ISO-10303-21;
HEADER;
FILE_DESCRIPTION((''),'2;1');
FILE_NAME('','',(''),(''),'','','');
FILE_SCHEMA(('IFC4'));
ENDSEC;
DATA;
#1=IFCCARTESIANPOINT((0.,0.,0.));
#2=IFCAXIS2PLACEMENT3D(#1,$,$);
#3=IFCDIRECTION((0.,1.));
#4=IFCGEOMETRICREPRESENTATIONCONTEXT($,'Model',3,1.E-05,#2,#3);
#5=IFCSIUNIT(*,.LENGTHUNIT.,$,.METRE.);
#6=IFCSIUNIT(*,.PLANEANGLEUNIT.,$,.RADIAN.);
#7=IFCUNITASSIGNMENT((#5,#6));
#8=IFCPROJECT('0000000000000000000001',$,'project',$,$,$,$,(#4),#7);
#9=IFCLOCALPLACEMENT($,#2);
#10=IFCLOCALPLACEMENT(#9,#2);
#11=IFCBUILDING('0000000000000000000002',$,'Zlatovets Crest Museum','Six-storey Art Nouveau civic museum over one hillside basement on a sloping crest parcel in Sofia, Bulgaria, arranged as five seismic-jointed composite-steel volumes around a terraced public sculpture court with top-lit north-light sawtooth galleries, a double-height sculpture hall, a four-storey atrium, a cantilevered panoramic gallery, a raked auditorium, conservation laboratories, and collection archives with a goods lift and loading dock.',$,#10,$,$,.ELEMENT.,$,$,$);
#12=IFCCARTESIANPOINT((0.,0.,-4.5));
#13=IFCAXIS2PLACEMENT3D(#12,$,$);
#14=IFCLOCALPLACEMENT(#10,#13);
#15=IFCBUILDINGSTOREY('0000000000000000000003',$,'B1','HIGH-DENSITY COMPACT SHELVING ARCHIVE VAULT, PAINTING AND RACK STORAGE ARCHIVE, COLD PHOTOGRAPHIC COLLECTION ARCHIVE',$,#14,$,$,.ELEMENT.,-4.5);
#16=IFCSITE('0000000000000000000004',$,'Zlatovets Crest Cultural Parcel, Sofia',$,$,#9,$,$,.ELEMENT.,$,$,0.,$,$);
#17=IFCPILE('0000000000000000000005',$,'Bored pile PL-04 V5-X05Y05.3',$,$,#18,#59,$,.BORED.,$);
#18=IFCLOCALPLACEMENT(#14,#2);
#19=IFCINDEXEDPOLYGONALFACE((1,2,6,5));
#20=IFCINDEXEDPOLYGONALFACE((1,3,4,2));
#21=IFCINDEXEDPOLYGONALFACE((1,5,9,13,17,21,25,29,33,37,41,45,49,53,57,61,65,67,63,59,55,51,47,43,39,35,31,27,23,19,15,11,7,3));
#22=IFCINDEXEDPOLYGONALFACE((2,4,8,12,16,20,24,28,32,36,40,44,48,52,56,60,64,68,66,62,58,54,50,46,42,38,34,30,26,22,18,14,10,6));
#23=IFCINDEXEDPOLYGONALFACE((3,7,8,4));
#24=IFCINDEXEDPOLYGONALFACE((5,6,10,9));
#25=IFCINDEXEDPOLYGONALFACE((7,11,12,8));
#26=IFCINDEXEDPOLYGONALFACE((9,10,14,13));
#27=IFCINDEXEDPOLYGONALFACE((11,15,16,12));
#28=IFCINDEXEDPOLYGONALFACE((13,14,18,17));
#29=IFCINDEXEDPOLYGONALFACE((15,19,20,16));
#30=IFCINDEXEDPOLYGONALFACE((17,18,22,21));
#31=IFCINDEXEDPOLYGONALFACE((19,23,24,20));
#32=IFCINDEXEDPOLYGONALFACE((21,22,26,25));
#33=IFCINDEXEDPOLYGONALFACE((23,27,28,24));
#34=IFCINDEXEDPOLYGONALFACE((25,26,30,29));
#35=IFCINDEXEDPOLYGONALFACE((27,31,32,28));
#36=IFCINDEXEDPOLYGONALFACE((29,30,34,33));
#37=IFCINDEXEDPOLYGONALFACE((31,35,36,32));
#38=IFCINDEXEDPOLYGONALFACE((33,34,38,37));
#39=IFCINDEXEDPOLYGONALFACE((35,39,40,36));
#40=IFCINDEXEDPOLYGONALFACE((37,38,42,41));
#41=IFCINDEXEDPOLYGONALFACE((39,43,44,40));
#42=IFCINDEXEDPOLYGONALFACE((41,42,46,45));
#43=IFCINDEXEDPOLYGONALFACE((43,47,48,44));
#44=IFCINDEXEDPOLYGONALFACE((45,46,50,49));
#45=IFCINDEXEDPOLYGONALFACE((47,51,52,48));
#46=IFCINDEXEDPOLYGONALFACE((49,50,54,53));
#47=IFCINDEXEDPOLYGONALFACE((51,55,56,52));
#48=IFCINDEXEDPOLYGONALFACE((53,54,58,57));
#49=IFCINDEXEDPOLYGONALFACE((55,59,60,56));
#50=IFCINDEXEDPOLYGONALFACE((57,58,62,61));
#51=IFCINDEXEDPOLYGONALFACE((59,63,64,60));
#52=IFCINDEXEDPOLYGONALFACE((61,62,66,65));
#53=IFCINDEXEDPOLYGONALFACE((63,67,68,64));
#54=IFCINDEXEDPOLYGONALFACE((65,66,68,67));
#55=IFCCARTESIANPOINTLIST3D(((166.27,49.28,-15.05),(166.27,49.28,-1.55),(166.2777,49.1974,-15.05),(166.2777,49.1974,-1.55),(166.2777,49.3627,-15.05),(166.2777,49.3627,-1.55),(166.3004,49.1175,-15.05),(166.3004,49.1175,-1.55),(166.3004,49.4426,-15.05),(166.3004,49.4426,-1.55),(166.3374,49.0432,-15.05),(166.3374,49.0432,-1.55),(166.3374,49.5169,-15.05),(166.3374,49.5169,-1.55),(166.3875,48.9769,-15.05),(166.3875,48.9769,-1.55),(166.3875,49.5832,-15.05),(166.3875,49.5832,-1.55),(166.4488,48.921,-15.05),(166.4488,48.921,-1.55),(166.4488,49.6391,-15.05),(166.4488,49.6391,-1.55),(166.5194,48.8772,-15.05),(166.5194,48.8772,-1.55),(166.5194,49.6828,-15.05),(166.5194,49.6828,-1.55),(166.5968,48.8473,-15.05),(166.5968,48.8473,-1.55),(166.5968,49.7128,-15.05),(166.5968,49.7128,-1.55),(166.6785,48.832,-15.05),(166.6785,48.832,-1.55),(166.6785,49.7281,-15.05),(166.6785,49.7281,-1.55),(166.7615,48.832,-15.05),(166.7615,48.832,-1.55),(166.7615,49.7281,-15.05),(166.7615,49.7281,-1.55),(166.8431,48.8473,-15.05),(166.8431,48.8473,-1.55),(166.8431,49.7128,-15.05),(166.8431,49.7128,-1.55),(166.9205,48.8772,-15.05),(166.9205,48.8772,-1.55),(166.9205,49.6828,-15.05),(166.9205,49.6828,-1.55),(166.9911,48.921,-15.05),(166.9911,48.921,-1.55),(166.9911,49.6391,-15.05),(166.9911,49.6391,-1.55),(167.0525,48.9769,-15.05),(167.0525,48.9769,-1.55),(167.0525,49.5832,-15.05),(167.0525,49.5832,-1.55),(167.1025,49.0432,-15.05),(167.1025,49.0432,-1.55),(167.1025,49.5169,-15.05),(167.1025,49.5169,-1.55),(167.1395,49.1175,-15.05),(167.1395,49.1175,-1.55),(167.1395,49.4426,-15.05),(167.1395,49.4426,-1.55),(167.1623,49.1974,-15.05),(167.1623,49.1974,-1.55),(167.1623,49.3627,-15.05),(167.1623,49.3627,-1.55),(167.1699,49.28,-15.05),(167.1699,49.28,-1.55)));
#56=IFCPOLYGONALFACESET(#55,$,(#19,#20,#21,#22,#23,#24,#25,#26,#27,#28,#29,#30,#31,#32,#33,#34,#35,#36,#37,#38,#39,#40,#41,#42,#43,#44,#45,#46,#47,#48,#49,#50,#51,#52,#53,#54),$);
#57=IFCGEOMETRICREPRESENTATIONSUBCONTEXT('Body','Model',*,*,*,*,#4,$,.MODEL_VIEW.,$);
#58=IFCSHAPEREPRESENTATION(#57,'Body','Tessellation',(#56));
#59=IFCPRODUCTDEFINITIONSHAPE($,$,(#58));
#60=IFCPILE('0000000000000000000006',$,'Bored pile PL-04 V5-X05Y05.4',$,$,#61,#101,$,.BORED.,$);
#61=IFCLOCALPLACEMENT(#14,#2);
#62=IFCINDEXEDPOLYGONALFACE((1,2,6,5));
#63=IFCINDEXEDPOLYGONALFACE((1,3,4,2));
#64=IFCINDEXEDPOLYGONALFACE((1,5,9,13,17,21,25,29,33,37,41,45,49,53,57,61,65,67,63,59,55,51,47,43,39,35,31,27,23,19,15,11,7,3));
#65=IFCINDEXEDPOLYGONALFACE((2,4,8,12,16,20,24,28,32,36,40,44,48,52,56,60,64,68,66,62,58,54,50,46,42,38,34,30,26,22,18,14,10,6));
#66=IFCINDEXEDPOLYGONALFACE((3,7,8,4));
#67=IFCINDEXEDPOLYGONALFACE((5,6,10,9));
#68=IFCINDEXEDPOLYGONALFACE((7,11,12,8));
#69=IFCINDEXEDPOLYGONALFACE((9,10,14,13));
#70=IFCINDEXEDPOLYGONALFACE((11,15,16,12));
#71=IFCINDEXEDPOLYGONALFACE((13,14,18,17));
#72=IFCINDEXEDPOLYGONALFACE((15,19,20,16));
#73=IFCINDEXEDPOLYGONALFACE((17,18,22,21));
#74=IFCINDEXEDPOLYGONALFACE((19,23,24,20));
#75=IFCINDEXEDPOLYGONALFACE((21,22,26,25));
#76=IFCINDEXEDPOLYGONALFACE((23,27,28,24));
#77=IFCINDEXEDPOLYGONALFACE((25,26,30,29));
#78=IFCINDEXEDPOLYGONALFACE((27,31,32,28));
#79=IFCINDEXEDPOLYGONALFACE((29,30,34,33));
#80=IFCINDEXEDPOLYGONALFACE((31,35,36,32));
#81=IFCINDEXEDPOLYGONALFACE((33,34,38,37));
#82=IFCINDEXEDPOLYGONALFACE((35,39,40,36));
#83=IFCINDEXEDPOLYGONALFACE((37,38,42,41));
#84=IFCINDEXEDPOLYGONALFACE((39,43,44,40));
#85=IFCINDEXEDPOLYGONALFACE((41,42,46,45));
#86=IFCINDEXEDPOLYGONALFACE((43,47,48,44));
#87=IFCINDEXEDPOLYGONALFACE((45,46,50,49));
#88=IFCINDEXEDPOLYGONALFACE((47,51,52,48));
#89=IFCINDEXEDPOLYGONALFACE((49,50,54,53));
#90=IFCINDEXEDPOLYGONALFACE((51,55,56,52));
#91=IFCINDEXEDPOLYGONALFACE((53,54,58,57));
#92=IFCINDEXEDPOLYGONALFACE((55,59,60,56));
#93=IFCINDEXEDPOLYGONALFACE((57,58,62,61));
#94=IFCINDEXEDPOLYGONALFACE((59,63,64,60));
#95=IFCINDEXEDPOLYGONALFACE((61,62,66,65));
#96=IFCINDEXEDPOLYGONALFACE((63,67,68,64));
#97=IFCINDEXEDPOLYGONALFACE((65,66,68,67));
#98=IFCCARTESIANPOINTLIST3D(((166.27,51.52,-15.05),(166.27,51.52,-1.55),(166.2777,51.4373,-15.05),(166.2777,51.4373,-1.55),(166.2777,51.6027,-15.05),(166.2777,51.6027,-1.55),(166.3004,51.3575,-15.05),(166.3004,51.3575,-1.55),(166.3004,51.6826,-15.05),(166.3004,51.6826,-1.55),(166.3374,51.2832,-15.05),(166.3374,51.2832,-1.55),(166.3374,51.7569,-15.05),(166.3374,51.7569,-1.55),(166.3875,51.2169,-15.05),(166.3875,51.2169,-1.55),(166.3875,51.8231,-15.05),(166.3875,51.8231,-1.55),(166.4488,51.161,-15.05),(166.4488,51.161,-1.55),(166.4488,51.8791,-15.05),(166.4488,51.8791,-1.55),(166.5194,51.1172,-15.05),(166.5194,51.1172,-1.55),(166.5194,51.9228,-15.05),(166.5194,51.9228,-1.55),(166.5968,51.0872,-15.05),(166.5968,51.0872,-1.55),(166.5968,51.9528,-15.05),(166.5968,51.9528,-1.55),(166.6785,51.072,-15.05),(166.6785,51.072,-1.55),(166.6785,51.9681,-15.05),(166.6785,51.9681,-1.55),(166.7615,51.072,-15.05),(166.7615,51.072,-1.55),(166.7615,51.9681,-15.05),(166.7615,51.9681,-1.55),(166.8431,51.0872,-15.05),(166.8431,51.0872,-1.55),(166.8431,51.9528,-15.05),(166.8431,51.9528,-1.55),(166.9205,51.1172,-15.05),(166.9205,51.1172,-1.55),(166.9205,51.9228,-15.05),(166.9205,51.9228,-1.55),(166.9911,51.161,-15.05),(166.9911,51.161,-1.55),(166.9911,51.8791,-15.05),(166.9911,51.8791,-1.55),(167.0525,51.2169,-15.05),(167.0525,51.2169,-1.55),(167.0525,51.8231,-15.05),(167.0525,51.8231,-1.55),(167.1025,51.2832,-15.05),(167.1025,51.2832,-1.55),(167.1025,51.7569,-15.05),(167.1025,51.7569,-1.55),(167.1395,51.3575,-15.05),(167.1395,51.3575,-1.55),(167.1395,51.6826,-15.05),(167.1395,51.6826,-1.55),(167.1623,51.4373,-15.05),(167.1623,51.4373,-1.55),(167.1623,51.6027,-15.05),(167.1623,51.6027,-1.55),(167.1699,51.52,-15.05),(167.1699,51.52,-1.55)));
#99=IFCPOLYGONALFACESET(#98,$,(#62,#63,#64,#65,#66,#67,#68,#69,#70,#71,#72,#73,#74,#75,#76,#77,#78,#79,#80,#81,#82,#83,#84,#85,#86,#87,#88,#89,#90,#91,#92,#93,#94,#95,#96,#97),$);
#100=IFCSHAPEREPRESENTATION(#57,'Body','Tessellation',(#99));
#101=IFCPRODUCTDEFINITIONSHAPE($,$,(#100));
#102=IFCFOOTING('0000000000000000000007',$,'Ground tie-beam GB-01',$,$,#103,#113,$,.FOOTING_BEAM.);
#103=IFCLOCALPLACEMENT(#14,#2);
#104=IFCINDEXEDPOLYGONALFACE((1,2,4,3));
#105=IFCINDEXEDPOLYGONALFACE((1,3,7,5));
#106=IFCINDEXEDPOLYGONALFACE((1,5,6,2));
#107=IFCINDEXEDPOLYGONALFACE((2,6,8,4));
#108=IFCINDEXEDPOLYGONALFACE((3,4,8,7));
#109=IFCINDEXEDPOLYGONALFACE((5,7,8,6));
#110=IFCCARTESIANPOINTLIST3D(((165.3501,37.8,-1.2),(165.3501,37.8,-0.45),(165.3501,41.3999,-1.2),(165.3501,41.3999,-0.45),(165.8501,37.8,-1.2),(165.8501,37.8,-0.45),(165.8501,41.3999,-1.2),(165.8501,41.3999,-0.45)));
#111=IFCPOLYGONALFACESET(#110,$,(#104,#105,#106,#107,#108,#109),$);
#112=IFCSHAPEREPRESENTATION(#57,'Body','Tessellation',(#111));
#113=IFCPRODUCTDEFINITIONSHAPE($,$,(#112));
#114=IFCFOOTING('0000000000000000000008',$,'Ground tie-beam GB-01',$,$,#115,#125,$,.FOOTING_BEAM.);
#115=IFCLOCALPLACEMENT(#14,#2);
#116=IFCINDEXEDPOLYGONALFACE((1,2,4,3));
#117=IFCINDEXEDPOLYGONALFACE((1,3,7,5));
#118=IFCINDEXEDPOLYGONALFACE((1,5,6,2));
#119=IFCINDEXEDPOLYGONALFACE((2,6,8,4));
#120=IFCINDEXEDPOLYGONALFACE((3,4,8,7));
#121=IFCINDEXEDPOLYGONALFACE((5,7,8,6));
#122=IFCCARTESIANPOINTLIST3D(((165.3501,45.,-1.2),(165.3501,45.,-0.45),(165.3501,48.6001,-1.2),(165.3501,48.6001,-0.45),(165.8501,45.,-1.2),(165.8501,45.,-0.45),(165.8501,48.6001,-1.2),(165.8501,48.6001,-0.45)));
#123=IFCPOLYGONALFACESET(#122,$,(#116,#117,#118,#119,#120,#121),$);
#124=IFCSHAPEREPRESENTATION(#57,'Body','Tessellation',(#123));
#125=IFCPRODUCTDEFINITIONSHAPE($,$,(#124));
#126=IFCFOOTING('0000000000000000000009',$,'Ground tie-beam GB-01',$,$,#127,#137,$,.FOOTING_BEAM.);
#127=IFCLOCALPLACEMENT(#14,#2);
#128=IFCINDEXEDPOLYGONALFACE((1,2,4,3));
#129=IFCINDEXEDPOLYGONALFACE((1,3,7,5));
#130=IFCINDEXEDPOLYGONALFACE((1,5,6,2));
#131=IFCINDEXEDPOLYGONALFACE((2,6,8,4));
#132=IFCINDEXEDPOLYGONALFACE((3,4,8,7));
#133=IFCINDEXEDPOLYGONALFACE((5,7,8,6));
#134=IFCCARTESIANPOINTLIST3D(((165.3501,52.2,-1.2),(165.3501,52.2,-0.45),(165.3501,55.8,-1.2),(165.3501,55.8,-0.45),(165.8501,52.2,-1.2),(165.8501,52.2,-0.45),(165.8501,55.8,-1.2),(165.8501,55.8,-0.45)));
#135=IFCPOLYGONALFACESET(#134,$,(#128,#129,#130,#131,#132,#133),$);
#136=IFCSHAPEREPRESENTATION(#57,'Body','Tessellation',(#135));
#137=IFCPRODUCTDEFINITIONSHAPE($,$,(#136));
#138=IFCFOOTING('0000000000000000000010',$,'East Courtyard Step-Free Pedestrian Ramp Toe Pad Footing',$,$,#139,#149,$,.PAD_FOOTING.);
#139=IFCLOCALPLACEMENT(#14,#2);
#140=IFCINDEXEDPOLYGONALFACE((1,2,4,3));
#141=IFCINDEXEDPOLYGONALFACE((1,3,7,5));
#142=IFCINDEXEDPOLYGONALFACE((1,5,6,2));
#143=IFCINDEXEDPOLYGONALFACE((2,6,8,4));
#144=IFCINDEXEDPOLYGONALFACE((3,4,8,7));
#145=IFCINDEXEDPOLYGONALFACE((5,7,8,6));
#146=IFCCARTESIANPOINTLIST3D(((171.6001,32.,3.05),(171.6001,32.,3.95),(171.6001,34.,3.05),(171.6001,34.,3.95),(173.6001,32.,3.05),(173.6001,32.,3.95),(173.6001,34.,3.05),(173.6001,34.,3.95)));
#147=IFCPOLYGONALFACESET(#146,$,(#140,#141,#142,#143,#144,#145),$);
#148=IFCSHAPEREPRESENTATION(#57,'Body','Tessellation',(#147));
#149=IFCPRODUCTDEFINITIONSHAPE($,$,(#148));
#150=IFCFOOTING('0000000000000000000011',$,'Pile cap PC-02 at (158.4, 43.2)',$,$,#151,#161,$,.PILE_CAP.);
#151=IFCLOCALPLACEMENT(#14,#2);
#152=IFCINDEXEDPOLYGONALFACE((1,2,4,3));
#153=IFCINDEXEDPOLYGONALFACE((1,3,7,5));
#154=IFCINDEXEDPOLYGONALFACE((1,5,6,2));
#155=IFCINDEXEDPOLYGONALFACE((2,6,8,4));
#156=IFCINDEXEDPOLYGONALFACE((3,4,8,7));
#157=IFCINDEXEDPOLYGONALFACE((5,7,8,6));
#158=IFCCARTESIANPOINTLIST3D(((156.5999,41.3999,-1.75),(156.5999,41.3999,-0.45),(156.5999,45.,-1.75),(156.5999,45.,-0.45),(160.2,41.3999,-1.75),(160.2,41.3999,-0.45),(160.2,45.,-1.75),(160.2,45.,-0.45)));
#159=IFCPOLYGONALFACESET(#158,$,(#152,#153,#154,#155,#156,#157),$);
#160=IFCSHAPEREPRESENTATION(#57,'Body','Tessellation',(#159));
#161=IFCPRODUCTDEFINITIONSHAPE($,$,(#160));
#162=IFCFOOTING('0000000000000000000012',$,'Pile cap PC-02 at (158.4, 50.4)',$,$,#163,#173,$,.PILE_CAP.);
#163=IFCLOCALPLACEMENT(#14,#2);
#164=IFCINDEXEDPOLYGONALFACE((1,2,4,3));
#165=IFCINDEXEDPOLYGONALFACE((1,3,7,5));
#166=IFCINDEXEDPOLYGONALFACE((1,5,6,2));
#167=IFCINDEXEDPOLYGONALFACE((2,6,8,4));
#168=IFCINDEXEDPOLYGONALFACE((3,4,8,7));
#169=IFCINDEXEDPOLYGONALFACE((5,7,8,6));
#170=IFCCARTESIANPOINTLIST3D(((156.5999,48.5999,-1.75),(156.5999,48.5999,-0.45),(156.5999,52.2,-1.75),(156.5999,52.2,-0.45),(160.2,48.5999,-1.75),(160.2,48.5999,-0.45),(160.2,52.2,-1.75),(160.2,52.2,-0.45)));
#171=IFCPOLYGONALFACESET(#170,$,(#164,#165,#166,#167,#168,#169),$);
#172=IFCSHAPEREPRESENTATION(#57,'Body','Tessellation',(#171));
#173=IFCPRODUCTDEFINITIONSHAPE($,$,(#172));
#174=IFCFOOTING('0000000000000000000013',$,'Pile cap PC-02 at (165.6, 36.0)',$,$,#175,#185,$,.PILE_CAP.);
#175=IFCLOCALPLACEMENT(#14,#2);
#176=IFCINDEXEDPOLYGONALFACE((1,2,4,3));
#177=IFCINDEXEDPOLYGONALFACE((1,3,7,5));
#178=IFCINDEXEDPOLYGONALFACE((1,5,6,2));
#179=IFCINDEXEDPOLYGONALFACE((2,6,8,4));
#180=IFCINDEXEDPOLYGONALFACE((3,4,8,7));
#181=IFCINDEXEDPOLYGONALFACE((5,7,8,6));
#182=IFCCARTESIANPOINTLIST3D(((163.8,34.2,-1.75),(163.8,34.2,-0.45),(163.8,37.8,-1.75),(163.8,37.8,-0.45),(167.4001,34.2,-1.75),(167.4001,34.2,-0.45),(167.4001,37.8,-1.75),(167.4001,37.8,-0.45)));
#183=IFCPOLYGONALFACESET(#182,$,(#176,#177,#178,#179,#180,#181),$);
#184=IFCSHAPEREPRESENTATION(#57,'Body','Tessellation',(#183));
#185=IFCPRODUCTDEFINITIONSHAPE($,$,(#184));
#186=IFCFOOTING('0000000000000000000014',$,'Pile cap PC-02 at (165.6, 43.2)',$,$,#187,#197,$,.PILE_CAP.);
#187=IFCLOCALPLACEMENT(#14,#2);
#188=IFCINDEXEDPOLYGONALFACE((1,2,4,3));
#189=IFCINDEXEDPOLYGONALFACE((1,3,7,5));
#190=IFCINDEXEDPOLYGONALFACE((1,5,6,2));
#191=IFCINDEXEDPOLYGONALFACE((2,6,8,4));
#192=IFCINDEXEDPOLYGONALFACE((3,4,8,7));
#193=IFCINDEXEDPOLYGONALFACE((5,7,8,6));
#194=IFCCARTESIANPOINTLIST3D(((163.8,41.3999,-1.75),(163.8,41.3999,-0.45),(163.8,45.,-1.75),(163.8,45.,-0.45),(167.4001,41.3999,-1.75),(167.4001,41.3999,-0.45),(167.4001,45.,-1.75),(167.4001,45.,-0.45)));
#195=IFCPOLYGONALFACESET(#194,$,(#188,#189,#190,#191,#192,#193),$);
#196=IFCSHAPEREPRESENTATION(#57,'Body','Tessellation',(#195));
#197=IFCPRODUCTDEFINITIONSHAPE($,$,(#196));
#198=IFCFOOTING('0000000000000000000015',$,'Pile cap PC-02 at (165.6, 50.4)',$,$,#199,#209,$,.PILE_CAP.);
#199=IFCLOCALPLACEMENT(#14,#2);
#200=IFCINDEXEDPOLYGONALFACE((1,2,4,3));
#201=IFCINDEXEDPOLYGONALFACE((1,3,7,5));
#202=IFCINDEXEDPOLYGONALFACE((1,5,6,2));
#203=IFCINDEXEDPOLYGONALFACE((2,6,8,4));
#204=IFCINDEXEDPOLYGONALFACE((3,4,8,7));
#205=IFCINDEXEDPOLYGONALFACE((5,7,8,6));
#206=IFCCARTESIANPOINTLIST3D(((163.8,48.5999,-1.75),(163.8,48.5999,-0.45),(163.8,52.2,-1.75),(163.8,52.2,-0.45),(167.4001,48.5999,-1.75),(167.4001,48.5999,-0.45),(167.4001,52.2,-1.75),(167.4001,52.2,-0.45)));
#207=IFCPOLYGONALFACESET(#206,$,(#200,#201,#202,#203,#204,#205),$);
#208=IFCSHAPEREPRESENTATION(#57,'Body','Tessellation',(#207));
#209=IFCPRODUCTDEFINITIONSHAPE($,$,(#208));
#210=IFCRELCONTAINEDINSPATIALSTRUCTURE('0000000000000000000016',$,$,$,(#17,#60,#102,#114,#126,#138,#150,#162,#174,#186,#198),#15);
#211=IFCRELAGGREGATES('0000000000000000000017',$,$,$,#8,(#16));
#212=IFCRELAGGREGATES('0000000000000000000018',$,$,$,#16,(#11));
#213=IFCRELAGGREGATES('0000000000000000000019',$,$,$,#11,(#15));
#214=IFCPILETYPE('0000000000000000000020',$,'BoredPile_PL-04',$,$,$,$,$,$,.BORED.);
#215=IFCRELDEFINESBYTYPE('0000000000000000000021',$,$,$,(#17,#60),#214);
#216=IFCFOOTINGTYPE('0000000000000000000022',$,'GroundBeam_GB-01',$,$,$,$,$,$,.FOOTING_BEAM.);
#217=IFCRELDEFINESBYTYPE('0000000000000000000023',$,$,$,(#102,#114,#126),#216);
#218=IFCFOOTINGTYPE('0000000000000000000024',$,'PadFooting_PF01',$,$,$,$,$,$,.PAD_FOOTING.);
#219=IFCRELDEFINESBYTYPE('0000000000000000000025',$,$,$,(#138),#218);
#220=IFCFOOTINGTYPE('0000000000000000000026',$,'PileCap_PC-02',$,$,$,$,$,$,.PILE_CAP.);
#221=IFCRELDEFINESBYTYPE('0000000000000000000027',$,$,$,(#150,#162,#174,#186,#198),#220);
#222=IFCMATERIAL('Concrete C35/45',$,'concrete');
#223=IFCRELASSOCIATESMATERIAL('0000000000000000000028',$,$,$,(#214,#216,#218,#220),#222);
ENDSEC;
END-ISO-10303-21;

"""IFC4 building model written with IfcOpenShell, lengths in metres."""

from ifc_helpers import new_model, si_unit, direction, frame, origin, origin_2d, place, context, subcontext, project, spatial, rectangle, circle, extrude, material, material_profile, profile_set, type_object, element, save


model = new_model("IFC4")

# Units and contexts
model_context = context("Model", 3, precision=1e-05, world=origin(), true_north=direction((0.0, 1.0)))
body_context = subcontext(model_context, "Body", "Model", "MODEL_VIEW")
ifc_project = project(units=[si_unit("LENGTHUNIT", "METRE"), si_unit("PLANEANGLEUNIT", "RADIAN")], contexts=[model_context])

# Site, building, storey
site_placement = place(None, origin())
site = spatial("IfcSite", under=ifc_project, at=site_placement, Name="Zlatovets Crest Cultural Parcel, Sofia", CompositionType="ELEMENT", RefElevation=0.0)
building_placement = place(site_placement, origin())
building = spatial("IfcBuilding", under=site, at=building_placement, Name="Zlatovets Crest Museum", Description="Six-storey Art Nouveau civic museum over one hillside basement on a sloping crest parcel in Sofia, Bulgaria, arranged as five seismic-jointed composite-steel volumes around a terraced public sculpture court with top-lit north-light sawtooth galleries, a double-height sculpture hall, a four-storey atrium, a cantilevered panoramic gallery, a raked auditorium, conservation laboratories, and collection archives with a goods lift and loading dock.", CompositionType="ELEMENT")
storey_placement = place(building_placement, frame((0.0, 0.0, -4.5)))
storey = spatial("IfcBuildingStorey", under=building, at=storey_placement, Name="B1", Description="HIGH-DENSITY COMPACT SHELVING ARCHIVE VAULT, PAINTING AND RACK STORAGE ARCHIVE, COLD PHOTOGRAPHIC COLLECTION ARCHIVE", CompositionType="ELEMENT", Elevation=-4.5)

# Piles
ifc_material = material(Name="Concrete C35/45", Category="concrete")
ifc_material_profile_1 = material_profile(ifc_material, circle(Radius=0.45, at=origin_2d()), Name="PILE D900")
ifc_profile_set_1 = profile_set([ifc_material_profile_1], Name="Concrete C35/45")
pile_type = type_object("IfcPileType", Name="BoredPile_PL-04", PredefinedType="BORED", material=ifc_profile_set_1)
for number, where, z_axis, x_axis, name in (
    (1, (166.72, 49.28, -1.55), (0.0, 0.0, -1.0), (1.0, 0.0, 0.0), "Bored pile PL-04 V5-X05Y05.3"),
    (2, (166.72, 51.52, -1.55), (0.0, 0.0, -1.0), (1.0, 0.0, 0.0), "Bored pile PL-04 V5-X05Y05.4"),
):
    element("IfcPile", number, at=place(storey_placement, frame(where, z_axis=z_axis, x_axis=x_axis)), inside=storey, type_object=pile_type, Name=name, PredefinedType="BORED", context=body_context, shape_type="SweptSolid", body=[
        extrude(circle(Radius=0.45, at=origin_2d()), origin(), (0.0, 0.0, 1.0), 13.5),
    ])

# Footings
ifc_material_profile_2 = material_profile(ifc_material, rectangle(XDim=0.5, YDim=0.75, at=origin_2d()), Name="RC 500x750")
ifc_profile_set_2 = profile_set([ifc_material_profile_2], Name="Concrete C35/45")
footing_type_1 = type_object("IfcFootingType", Name="GroundBeam_GB-01", PredefinedType="FOOTING_BEAM", material=ifc_profile_set_2)
footing_1_placement = place(storey_placement, frame((165.6001, 37.8, -0.825), z_axis=(0.0, 1.0, 0.0), x_axis=(-1.0, 0.0, 0.0)))
element("IfcFooting", 3, at=footing_1_placement, inside=storey, type_object=footing_type_1, Name="Ground tie-beam GB-01", PredefinedType="FOOTING_BEAM", context=body_context, shape_type="SweptSolid", body=[
    extrude(rectangle(XDim=0.5, YDim=0.75, at=origin_2d()), origin(), (0.0, 0.0, 1.0), 3.5999),
])
for number, where, z_axis, x_axis, name in (
    (4, (165.6001, 45.0, -0.825), (0.0, 1.0, 0.0), (-1.0, 0.0, 0.0), "Ground tie-beam GB-01"),
    (5, (165.6001, 52.2, -0.825), (0.0, 1.0, 0.0), (-1.0, 0.0, 0.0), "Ground tie-beam GB-01"),
):
    element("IfcFooting", number, at=place(storey_placement, frame(where, z_axis=z_axis, x_axis=x_axis)), inside=storey, type_object=footing_type_1, Name=name, PredefinedType="FOOTING_BEAM", context=body_context, shape_type="SweptSolid", body=[
        extrude(rectangle(XDim=0.5, YDim=0.75, at=origin_2d()), origin(), (0.0, 0.0, 1.0), 3.6001),
    ])
footing_type_2 = type_object("IfcFootingType", Name="PadFooting_PF01", PredefinedType="PAD_FOOTING", material=ifc_material)
footing_2_placement = place(storey_placement, frame((172.6001, 33.0, 3.05), z_axis=(0.0, 0.0, 1.0), x_axis=(1.0, 0.0, 0.0)))
element("IfcFooting", 6, at=footing_2_placement, inside=storey, type_object=footing_type_2, Name="East Courtyard Step-Free Pedestrian Ramp Toe Pad Footing", PredefinedType="PAD_FOOTING", context=body_context, shape_type="SweptSolid", body=[
    extrude(rectangle(XDim=2.0, YDim=2.0, at=origin_2d()), origin(), (0.0, 0.0, 1.0), 0.8999),
])
footing_type_3 = type_object("IfcFootingType", Name="PileCap_PC-02", PredefinedType="PILE_CAP", material=ifc_material)
for number, where, z_axis, x_axis, name in (
    (7, (158.3999, 43.2, -1.75), (0.0, 0.0, 1.0), (1.0, 0.0, 0.0), "Pile cap PC-02 at (158.4, 43.2)"),
    (8, (158.3999, 50.3999, -1.75), (0.0, 0.0, 1.0), (1.0, 0.0, 0.0), "Pile cap PC-02 at (158.4, 50.4)"),
    (9, (165.6001, 36.0, -1.75), (0.0, 0.0, 1.0), (1.0, 0.0, 0.0), "Pile cap PC-02 at (165.6, 36.0)"),
    (10, (165.6001, 43.2, -1.75), (0.0, 0.0, 1.0), (1.0, 0.0, 0.0), "Pile cap PC-02 at (165.6, 43.2)"),
    (11, (165.6001, 50.3999, -1.75), (0.0, 0.0, 1.0), (1.0, 0.0, 0.0), "Pile cap PC-02 at (165.6, 50.4)"),
):
    element("IfcFooting", number, at=place(storey_placement, frame(where, z_axis=z_axis, x_axis=x_axis)), inside=storey, type_object=footing_type_3, Name=name, PredefinedType="PILE_CAP", context=body_context, shape_type="SweptSolid", body=[
        extrude(rectangle(XDim=3.6001, YDim=3.6001, at=origin_2d()), origin(), (0.0, 0.0, 1.0), 1.3),
    ])

save(model, "model.ifc")
